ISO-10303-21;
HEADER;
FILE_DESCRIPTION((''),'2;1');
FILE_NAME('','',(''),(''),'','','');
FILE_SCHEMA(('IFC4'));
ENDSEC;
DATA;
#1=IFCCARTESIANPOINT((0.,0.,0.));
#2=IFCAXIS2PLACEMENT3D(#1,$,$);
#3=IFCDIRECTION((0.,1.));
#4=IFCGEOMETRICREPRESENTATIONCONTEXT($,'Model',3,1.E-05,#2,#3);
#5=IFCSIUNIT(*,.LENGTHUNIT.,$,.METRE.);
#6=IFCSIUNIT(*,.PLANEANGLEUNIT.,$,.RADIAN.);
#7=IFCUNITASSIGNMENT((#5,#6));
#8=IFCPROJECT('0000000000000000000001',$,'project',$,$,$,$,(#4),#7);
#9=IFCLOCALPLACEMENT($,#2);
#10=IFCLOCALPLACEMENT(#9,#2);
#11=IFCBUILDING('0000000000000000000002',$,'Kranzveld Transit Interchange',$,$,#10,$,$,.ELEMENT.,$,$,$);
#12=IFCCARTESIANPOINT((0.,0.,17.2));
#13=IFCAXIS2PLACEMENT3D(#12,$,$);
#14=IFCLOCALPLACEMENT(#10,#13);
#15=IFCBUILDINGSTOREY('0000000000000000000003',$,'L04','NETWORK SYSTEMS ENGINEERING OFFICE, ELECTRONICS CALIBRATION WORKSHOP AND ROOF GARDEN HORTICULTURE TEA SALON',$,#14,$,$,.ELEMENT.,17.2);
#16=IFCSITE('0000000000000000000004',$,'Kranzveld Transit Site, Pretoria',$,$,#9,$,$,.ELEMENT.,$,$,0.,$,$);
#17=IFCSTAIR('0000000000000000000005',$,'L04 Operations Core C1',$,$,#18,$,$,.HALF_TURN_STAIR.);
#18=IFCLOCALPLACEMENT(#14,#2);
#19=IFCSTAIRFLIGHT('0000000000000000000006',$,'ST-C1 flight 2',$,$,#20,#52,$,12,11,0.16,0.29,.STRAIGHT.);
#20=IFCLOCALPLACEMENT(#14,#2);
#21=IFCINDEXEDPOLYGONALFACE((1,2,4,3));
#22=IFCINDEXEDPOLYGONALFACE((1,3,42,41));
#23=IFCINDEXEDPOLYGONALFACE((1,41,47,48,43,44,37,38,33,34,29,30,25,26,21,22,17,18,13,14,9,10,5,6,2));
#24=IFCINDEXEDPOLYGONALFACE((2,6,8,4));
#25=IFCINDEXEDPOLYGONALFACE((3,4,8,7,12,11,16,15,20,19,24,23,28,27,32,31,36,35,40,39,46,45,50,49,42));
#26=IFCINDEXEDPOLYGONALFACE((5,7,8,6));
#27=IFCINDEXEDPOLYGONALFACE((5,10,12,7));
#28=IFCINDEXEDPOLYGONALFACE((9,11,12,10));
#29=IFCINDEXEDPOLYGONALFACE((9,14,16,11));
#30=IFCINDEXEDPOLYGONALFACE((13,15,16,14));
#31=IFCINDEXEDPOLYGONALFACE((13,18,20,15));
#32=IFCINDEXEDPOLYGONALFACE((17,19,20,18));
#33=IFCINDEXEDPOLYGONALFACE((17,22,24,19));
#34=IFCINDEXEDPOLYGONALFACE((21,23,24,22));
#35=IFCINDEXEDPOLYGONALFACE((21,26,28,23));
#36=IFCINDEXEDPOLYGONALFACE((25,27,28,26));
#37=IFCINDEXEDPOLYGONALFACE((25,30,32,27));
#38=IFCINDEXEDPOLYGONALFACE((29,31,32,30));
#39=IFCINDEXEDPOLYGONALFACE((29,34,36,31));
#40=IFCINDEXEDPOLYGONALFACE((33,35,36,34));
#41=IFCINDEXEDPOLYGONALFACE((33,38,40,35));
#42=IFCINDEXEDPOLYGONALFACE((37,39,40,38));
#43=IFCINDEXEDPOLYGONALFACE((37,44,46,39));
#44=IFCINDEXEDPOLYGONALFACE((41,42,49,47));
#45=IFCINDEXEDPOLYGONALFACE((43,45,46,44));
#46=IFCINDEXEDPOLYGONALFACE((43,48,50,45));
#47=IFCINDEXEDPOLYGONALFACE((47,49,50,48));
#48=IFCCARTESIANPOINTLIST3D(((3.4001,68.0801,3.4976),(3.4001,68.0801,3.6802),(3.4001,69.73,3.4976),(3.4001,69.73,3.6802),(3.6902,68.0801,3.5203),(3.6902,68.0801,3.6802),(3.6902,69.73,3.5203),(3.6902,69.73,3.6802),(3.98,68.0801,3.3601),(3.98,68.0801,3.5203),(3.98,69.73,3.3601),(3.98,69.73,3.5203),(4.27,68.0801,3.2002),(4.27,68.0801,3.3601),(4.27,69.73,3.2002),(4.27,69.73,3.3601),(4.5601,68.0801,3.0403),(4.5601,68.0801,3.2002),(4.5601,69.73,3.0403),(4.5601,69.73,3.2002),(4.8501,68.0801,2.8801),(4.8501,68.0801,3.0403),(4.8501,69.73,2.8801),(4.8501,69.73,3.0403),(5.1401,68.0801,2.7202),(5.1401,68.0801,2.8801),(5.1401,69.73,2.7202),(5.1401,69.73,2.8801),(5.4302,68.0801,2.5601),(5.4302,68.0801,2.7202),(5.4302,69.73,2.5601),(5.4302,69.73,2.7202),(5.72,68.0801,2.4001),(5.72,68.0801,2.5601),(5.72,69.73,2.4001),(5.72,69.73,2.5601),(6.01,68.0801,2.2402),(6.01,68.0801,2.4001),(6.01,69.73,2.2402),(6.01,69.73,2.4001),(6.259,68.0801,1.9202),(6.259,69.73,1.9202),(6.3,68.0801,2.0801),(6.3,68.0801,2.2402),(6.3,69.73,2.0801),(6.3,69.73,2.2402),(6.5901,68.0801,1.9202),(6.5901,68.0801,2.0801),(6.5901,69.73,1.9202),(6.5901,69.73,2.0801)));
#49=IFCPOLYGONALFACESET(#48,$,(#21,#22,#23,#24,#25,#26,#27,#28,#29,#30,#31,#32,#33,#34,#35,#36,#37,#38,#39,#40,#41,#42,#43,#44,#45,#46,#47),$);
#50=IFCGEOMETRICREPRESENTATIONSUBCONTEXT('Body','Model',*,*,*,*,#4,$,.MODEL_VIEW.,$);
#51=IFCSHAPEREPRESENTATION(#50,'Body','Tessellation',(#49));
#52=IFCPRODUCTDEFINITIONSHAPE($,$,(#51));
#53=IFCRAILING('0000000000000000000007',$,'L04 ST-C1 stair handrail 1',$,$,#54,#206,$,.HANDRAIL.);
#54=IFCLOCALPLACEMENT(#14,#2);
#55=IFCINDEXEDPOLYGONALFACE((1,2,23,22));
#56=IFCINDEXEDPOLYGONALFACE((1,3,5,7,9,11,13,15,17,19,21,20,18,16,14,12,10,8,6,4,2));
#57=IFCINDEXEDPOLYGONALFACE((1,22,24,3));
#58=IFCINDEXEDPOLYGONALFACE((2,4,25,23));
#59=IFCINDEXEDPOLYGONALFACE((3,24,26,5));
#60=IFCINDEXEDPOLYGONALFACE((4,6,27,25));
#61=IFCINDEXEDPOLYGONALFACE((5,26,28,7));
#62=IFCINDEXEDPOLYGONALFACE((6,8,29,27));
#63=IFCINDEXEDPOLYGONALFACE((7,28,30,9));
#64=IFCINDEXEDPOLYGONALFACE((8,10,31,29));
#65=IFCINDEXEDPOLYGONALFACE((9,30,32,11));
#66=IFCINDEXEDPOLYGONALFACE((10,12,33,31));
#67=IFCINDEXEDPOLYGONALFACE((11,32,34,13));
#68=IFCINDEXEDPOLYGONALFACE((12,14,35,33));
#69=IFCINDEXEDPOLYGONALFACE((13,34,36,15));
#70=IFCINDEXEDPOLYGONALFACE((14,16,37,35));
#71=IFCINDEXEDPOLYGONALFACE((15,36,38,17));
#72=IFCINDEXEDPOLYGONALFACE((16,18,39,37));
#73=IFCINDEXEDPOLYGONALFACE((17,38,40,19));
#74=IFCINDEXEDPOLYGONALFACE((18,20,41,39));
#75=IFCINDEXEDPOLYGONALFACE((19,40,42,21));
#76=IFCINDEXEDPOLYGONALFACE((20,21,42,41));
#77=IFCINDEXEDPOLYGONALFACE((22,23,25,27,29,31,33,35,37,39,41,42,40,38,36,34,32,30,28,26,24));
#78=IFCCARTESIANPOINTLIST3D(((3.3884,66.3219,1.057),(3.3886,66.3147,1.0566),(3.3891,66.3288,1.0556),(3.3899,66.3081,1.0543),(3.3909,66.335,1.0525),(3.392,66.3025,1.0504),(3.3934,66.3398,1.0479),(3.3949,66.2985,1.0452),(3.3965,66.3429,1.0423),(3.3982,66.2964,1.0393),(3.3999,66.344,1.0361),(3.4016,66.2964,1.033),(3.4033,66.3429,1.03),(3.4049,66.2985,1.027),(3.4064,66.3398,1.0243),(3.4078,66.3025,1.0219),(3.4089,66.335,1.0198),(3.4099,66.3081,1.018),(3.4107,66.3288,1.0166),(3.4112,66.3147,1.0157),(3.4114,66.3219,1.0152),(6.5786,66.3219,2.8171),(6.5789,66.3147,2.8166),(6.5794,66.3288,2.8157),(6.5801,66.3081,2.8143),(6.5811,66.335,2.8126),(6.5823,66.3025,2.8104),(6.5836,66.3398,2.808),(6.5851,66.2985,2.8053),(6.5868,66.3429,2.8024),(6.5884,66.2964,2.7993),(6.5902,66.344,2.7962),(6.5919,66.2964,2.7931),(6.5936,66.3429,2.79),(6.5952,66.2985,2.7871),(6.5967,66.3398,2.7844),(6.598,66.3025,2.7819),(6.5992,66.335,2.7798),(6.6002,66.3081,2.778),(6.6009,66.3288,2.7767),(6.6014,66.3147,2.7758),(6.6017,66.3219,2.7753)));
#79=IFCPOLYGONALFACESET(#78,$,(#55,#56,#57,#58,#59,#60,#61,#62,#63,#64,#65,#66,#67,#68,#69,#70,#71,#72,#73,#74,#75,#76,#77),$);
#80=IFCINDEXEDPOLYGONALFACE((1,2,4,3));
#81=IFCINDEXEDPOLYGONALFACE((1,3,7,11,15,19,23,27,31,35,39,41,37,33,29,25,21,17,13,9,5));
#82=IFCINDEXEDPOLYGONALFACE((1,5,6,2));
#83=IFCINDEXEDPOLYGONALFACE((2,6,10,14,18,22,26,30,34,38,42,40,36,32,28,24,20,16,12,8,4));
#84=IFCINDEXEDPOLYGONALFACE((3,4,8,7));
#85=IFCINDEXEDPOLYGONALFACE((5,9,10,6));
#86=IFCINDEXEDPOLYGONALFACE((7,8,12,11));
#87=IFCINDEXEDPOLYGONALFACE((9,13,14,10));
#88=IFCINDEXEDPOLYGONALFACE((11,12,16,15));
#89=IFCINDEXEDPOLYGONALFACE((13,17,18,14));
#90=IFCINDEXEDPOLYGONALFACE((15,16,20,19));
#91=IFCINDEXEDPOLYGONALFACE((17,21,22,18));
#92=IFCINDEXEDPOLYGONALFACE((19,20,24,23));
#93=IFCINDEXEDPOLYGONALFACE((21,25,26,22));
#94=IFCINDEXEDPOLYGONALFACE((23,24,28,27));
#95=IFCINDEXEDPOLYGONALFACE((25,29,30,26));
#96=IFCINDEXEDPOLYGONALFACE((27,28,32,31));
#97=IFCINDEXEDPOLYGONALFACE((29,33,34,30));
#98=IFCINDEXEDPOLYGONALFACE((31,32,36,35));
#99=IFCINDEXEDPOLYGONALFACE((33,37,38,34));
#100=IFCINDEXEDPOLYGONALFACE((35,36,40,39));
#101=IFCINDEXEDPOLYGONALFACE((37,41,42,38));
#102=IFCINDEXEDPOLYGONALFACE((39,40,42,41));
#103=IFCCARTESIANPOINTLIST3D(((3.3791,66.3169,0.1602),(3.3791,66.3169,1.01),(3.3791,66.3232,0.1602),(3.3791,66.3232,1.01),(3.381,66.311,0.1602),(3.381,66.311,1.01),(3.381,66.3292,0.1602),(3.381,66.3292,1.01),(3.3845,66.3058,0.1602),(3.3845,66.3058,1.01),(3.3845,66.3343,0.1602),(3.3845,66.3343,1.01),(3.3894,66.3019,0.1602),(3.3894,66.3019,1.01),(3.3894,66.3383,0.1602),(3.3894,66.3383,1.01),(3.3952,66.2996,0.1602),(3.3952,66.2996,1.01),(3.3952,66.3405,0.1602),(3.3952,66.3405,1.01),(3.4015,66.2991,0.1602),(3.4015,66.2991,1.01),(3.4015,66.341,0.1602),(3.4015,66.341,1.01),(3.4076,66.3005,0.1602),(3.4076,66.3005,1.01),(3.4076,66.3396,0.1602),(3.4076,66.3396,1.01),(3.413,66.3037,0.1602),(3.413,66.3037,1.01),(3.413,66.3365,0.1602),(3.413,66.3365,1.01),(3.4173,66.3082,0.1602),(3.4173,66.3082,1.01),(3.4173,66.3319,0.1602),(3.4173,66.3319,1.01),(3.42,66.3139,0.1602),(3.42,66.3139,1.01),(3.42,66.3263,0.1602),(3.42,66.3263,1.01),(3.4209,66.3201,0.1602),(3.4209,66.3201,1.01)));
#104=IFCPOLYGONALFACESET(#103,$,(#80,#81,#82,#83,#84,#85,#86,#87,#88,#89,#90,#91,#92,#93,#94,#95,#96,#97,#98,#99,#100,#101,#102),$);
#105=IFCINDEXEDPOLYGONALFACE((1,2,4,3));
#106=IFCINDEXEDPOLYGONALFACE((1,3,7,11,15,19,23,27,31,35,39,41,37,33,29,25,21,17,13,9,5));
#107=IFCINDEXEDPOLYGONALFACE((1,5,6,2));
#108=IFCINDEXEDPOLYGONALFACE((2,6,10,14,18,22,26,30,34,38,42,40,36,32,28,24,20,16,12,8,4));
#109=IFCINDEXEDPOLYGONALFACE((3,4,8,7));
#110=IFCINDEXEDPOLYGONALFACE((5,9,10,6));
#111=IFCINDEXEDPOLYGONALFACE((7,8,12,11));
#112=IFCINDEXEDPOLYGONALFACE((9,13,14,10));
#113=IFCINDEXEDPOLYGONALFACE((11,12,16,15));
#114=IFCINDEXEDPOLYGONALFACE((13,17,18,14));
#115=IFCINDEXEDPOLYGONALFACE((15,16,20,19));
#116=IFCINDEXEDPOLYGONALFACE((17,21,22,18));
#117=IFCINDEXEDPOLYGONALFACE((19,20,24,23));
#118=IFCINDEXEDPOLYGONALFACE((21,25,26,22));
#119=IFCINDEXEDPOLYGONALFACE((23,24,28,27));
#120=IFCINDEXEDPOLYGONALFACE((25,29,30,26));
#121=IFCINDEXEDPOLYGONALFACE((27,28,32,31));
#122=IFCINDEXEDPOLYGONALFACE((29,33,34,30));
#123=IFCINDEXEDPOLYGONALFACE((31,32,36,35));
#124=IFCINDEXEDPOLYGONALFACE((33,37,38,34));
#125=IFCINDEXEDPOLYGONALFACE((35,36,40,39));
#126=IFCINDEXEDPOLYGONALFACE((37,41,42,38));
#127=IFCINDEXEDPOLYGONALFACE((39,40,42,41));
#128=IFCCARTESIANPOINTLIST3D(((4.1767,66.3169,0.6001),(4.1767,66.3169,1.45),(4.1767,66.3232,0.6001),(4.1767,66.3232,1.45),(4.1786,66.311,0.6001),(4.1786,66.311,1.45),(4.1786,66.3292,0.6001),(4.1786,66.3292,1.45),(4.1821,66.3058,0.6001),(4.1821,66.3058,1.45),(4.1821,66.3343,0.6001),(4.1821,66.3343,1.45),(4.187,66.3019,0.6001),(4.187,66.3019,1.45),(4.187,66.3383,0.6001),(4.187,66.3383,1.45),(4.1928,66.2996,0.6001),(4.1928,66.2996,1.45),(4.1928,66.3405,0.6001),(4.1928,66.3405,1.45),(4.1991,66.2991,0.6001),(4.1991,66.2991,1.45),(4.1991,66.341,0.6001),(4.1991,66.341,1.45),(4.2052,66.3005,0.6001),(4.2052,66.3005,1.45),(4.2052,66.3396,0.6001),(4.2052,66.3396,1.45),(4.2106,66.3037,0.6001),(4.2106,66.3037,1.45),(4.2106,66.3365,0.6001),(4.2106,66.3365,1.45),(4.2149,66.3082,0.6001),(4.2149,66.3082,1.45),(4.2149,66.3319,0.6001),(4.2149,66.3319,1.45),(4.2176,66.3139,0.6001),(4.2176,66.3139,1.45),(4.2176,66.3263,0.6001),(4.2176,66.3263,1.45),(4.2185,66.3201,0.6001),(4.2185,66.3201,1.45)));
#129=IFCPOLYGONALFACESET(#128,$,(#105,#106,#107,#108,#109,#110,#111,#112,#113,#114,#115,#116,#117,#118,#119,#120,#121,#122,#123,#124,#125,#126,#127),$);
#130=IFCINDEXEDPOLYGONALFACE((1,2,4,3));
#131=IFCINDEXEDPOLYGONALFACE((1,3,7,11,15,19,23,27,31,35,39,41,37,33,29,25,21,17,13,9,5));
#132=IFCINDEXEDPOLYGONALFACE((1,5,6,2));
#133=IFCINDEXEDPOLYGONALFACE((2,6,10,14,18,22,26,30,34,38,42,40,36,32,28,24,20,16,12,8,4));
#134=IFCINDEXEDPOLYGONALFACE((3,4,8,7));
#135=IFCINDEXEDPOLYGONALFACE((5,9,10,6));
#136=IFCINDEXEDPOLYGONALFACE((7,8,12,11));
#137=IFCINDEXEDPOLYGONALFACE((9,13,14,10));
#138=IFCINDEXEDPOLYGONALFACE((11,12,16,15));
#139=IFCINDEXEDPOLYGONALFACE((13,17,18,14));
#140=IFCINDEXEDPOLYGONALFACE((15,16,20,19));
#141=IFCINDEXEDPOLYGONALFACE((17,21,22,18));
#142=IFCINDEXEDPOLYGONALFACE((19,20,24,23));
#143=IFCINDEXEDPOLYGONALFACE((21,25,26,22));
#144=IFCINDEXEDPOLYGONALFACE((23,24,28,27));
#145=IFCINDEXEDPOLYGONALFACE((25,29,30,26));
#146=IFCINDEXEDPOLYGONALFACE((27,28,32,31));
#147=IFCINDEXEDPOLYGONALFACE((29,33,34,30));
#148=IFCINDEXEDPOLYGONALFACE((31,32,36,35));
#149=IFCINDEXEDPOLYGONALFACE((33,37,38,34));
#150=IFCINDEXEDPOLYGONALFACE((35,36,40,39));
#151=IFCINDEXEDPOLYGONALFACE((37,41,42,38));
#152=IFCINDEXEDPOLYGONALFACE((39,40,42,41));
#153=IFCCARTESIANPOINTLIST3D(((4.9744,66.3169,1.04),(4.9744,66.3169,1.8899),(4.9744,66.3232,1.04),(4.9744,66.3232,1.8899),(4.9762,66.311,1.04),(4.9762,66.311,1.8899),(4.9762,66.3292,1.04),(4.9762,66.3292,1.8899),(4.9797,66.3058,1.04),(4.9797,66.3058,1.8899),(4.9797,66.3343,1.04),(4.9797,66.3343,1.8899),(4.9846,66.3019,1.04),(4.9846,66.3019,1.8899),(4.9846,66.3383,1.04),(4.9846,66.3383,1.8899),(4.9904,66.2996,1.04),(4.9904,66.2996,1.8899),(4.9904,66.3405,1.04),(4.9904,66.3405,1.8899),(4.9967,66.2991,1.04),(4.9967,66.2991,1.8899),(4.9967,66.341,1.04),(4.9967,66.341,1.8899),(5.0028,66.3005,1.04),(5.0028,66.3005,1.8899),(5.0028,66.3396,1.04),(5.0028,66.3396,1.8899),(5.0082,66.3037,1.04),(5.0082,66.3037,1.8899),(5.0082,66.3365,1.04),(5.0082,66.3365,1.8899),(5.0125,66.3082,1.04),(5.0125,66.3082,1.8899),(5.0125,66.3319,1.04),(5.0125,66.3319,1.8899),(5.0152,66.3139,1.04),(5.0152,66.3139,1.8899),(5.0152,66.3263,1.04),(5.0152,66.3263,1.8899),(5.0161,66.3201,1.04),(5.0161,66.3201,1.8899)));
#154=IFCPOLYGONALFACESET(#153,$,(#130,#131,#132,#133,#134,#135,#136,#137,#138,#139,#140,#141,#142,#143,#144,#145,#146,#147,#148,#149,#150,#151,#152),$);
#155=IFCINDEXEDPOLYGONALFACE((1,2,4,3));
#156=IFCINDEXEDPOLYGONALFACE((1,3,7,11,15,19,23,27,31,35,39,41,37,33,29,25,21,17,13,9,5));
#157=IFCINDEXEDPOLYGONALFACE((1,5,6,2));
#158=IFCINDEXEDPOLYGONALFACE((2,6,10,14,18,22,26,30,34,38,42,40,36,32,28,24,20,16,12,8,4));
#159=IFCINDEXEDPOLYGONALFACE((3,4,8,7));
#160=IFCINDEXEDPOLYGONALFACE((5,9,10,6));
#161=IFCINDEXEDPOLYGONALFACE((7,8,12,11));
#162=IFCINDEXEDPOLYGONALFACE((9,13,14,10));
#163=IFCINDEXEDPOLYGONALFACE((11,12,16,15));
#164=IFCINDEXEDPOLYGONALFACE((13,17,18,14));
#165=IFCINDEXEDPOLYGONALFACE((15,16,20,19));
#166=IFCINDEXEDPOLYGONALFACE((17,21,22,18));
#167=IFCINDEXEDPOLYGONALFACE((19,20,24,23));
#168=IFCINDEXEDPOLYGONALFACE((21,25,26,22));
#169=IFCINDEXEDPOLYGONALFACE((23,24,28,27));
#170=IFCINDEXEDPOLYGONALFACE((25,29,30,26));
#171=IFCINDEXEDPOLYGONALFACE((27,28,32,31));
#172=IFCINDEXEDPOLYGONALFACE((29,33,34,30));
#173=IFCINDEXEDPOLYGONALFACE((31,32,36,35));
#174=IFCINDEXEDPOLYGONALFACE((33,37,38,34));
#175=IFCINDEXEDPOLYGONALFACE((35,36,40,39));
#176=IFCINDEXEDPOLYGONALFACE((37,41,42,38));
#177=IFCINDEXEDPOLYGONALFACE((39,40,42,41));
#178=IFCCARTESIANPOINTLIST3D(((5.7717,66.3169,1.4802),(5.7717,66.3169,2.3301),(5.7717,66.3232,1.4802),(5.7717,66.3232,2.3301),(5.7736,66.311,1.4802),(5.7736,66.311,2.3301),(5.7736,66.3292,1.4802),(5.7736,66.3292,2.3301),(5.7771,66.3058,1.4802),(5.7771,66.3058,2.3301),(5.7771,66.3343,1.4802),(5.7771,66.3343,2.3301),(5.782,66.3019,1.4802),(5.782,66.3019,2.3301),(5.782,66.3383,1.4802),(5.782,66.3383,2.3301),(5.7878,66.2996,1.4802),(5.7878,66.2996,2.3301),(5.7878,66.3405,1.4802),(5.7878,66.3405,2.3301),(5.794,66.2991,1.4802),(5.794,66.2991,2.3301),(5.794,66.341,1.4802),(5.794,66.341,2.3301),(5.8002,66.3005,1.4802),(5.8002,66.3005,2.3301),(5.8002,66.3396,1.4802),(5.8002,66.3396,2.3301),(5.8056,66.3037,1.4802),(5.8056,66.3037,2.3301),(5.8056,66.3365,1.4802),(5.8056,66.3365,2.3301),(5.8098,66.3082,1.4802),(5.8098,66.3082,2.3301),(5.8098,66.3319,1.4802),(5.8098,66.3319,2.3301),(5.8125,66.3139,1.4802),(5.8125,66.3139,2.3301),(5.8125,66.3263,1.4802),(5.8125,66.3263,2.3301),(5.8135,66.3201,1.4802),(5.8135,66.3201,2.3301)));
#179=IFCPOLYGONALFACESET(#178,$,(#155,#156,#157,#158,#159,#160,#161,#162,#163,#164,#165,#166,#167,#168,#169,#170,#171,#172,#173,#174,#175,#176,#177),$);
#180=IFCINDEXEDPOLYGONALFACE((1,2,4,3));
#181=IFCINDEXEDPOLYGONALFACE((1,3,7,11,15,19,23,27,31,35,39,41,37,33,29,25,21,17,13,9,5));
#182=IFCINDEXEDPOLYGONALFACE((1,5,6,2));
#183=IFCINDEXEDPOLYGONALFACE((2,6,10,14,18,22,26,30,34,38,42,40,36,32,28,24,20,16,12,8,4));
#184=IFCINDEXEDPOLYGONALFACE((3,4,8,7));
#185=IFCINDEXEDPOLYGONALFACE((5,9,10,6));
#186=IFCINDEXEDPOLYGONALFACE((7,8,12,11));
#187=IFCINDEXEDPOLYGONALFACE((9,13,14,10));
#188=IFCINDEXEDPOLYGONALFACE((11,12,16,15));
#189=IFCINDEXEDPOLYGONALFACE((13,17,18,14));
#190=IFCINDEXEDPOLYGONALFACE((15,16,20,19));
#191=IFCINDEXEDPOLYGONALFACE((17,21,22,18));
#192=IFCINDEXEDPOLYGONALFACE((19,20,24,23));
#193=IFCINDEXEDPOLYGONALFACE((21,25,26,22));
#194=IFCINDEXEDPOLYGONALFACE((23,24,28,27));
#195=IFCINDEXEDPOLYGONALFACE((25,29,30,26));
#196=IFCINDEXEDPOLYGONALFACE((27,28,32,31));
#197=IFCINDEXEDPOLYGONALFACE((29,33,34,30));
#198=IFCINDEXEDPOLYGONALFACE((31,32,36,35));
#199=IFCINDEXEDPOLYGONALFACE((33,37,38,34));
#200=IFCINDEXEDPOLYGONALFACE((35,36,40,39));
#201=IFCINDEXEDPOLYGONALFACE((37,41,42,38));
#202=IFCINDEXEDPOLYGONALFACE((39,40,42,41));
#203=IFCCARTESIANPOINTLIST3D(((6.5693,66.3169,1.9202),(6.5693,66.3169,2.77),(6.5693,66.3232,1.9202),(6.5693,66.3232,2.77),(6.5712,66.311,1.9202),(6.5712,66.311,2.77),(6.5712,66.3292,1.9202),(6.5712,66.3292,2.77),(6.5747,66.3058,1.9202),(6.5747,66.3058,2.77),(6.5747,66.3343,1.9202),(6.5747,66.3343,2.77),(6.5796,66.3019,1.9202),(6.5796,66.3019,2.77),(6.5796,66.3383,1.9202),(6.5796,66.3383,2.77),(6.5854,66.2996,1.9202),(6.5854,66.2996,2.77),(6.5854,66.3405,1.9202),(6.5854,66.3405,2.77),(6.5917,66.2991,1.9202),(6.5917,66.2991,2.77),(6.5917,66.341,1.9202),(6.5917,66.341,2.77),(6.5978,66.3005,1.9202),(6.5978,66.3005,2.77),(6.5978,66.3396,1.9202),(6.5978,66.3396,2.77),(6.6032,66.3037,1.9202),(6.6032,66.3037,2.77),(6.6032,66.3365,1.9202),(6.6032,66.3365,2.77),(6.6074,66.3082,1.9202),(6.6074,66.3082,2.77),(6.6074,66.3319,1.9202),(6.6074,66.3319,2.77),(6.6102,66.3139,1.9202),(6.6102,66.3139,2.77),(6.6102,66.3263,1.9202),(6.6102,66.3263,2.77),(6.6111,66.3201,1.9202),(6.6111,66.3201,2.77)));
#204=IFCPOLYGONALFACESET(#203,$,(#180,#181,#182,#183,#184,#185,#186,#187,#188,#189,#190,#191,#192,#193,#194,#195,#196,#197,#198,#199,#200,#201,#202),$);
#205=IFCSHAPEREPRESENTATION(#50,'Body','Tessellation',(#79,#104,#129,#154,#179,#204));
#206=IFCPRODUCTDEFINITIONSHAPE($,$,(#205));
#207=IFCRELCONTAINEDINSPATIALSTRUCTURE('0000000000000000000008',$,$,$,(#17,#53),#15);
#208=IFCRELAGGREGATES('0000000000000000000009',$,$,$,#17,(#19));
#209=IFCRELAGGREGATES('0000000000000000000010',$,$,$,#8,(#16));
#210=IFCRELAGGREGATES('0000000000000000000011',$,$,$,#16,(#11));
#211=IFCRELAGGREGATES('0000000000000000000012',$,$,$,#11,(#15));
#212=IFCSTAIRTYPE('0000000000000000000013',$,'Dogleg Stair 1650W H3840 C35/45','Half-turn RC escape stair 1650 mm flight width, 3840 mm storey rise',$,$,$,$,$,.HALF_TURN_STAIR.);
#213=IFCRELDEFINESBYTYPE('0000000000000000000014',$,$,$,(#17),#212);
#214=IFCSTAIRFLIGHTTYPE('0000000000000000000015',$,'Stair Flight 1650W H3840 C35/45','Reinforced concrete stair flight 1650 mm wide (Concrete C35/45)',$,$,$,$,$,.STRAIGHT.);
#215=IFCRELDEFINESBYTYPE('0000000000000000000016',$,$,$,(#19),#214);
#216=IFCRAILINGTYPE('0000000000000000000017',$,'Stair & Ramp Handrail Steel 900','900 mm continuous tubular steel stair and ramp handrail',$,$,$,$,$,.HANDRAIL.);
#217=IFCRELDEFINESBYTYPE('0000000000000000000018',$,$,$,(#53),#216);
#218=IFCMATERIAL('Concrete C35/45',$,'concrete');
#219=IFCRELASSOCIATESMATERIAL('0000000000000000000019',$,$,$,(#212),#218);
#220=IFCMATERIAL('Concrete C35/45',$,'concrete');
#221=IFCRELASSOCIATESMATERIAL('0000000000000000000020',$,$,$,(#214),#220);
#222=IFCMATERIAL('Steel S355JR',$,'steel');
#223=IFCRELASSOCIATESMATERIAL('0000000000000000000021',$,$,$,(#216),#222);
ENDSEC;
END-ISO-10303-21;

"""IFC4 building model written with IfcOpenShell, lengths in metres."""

from ifc_helpers import new_model, si_unit, direction, frame, origin, origin_2d, place, context, subcontext, project, spatial, polyline, circle, outline, extrude, material, type_object, element, aggregate, save


model = new_model("IFC4")

# Units and contexts
model_context = context("Model", 3, precision=1e-05, world=origin(), true_north=direction((0.0, 1.0)))
body_context = subcontext(model_context, "Body", "Model", "MODEL_VIEW")
ifc_project = project(units=[si_unit("LENGTHUNIT", "METRE"), si_unit("PLANEANGLEUNIT", "RADIAN")], contexts=[model_context])

# Site, building, storey
site_placement = place(None, origin())
site = spatial("IfcSite", under=ifc_project, at=site_placement, Name="Kranzveld Transit Site, Pretoria", CompositionType="ELEMENT", RefElevation=0.0)
building_placement = place(site_placement, origin())
building = spatial("IfcBuilding", under=site, at=building_placement, Name="Kranzveld Transit Interchange", CompositionType="ELEMENT")
storey_placement = place(building_placement, frame((0.0, 0.0, 17.2)))
storey = spatial("IfcBuildingStorey", under=building, at=storey_placement, Name="L04", Description="NETWORK SYSTEMS ENGINEERING OFFICE, ELECTRONICS CALIBRATION WORKSHOP AND ROOF GARDEN HORTICULTURE TEA SALON", CompositionType="ELEMENT", Elevation=17.2)

# Stair, stair flight
ifc_material_1 = material(Name="Concrete C35/45", Category="concrete")
stair_type = type_object("IfcStairType", Name="Dogleg Stair 1650W H3840 C35/45", Description="Half-turn RC escape stair 1650 mm flight width, 3840 mm storey rise", PredefinedType="HALF_TURN_STAIR", material=ifc_material_1)
stair_placement = place(storey_placement, origin())
stair = element("IfcStair", 1, at=stair_placement, inside=storey, type_object=stair_type, Name="L04 Operations Core C1", PredefinedType="HALF_TURN_STAIR")
ifc_material_2 = material(Name="Concrete C35/45", Category="concrete")
stair_flight_type = type_object("IfcStairFlightType", Name="Stair Flight 1650W H3840 C35/45", Description="Reinforced concrete stair flight 1650 mm wide (Concrete C35/45)", PredefinedType="STRAIGHT", material=ifc_material_2)
stair_flight_1_placement = place(storey_placement, frame((6.5901, 68.905, 1.9202), z_axis=(0.0, 0.0, 1.0), x_axis=(-1.0, 0.0, 0.0)))
stair_flight_1 = element("IfcStairFlight", 2, at=stair_flight_1_placement, type_object=stair_flight_type, Name="ST-C1 flight 2", NumberOfRisers=12, NumberOfTreads=11, PredefinedType="STRAIGHT", RiserHeight=0.16, TreadLength=0.29, context=body_context, shape_type="SweptSolid", body=[
    extrude(outline(polyline([(0.0, 0.0), (0.0, 0.1599), (0.29, 0.1599), (0.29, 0.3201), (0.5801, 0.3201), (0.5801, 0.48), (0.8701, 0.48), (0.8701, 0.6399), (1.1599, 0.6399), (1.1599, 0.8), (1.45, 0.8), (1.45, 0.96), (1.74, 0.96), (1.74, 1.1201), (2.03, 1.1201), (2.03, 1.28), (2.3201, 1.28), (2.3201, 1.4399), (2.6101, 1.4399), (2.6101, 1.6001), (2.8999, 1.6001), (2.8999, 1.76), (3.1899, 1.76), (3.1899, 1.9199), (3.1899, 1.5774), (0.3311, 0.0), (0.0, 0.0)])), frame((0.0, 0.825, 0.0), z_axis=(0.0, -1.0, 0.0), x_axis=(1.0, 0.0, 0.0)), (0.0, 0.0, 1.0), 1.6499),
])
aggregate(stair, [stair_flight_1])

# Railing
ifc_material_3 = material(Name="Steel S355JR", Category="steel")
railing_type_1 = type_object("IfcRailingType", Name="Stair & Ramp Handrail Steel 900", Description="900 mm continuous tubular steel stair and ramp handrail", PredefinedType="HANDRAIL", material=ifc_material_3)
railing_1_placement = place(storey_placement, frame((3.3999, 66.3201, 0.1602)))
element("IfcRailing", 3, at=railing_1_placement, inside=storey, type_object=railing_type_1, Name="L04 ST-C1 stair handrail 1", PredefinedType="HANDRAIL", context=body_context, shape_type="SweptSolid", body=[
    extrude(circle(Radius=0.0239, at=origin_2d()), frame((0.0, 0.0, 0.876), z_axis=(0.875588, 0.0, 0.483058), x_axis=(0.0, 1.0, 0.0)), (0.0, 0.0, 1.0), 3.6436),
    extrude(circle(Radius=0.021, at=origin_2d()), origin(), (0.0, 0.0, 1.0), 0.8499),
    extrude(circle(Radius=0.021, at=origin_2d()), frame((0.7976, 0.0, 0.4399)), (0.0, 0.0, 1.0), 0.8499),
    extrude(circle(Radius=0.021, at=origin_2d()), frame((1.5952, 0.0, 0.8799)), (0.0, 0.0, 1.0), 0.8499),
    extrude(circle(Radius=0.021, at=origin_2d()), frame((2.3926, 0.0, 1.3201)), (0.0, 0.0, 1.0), 0.8499),
    extrude(circle(Radius=0.021, at=origin_2d()), frame((3.1902, 0.0, 1.76)), (0.0, 0.0, 1.0), 0.8499),
])

save(model, "model.ifc")
